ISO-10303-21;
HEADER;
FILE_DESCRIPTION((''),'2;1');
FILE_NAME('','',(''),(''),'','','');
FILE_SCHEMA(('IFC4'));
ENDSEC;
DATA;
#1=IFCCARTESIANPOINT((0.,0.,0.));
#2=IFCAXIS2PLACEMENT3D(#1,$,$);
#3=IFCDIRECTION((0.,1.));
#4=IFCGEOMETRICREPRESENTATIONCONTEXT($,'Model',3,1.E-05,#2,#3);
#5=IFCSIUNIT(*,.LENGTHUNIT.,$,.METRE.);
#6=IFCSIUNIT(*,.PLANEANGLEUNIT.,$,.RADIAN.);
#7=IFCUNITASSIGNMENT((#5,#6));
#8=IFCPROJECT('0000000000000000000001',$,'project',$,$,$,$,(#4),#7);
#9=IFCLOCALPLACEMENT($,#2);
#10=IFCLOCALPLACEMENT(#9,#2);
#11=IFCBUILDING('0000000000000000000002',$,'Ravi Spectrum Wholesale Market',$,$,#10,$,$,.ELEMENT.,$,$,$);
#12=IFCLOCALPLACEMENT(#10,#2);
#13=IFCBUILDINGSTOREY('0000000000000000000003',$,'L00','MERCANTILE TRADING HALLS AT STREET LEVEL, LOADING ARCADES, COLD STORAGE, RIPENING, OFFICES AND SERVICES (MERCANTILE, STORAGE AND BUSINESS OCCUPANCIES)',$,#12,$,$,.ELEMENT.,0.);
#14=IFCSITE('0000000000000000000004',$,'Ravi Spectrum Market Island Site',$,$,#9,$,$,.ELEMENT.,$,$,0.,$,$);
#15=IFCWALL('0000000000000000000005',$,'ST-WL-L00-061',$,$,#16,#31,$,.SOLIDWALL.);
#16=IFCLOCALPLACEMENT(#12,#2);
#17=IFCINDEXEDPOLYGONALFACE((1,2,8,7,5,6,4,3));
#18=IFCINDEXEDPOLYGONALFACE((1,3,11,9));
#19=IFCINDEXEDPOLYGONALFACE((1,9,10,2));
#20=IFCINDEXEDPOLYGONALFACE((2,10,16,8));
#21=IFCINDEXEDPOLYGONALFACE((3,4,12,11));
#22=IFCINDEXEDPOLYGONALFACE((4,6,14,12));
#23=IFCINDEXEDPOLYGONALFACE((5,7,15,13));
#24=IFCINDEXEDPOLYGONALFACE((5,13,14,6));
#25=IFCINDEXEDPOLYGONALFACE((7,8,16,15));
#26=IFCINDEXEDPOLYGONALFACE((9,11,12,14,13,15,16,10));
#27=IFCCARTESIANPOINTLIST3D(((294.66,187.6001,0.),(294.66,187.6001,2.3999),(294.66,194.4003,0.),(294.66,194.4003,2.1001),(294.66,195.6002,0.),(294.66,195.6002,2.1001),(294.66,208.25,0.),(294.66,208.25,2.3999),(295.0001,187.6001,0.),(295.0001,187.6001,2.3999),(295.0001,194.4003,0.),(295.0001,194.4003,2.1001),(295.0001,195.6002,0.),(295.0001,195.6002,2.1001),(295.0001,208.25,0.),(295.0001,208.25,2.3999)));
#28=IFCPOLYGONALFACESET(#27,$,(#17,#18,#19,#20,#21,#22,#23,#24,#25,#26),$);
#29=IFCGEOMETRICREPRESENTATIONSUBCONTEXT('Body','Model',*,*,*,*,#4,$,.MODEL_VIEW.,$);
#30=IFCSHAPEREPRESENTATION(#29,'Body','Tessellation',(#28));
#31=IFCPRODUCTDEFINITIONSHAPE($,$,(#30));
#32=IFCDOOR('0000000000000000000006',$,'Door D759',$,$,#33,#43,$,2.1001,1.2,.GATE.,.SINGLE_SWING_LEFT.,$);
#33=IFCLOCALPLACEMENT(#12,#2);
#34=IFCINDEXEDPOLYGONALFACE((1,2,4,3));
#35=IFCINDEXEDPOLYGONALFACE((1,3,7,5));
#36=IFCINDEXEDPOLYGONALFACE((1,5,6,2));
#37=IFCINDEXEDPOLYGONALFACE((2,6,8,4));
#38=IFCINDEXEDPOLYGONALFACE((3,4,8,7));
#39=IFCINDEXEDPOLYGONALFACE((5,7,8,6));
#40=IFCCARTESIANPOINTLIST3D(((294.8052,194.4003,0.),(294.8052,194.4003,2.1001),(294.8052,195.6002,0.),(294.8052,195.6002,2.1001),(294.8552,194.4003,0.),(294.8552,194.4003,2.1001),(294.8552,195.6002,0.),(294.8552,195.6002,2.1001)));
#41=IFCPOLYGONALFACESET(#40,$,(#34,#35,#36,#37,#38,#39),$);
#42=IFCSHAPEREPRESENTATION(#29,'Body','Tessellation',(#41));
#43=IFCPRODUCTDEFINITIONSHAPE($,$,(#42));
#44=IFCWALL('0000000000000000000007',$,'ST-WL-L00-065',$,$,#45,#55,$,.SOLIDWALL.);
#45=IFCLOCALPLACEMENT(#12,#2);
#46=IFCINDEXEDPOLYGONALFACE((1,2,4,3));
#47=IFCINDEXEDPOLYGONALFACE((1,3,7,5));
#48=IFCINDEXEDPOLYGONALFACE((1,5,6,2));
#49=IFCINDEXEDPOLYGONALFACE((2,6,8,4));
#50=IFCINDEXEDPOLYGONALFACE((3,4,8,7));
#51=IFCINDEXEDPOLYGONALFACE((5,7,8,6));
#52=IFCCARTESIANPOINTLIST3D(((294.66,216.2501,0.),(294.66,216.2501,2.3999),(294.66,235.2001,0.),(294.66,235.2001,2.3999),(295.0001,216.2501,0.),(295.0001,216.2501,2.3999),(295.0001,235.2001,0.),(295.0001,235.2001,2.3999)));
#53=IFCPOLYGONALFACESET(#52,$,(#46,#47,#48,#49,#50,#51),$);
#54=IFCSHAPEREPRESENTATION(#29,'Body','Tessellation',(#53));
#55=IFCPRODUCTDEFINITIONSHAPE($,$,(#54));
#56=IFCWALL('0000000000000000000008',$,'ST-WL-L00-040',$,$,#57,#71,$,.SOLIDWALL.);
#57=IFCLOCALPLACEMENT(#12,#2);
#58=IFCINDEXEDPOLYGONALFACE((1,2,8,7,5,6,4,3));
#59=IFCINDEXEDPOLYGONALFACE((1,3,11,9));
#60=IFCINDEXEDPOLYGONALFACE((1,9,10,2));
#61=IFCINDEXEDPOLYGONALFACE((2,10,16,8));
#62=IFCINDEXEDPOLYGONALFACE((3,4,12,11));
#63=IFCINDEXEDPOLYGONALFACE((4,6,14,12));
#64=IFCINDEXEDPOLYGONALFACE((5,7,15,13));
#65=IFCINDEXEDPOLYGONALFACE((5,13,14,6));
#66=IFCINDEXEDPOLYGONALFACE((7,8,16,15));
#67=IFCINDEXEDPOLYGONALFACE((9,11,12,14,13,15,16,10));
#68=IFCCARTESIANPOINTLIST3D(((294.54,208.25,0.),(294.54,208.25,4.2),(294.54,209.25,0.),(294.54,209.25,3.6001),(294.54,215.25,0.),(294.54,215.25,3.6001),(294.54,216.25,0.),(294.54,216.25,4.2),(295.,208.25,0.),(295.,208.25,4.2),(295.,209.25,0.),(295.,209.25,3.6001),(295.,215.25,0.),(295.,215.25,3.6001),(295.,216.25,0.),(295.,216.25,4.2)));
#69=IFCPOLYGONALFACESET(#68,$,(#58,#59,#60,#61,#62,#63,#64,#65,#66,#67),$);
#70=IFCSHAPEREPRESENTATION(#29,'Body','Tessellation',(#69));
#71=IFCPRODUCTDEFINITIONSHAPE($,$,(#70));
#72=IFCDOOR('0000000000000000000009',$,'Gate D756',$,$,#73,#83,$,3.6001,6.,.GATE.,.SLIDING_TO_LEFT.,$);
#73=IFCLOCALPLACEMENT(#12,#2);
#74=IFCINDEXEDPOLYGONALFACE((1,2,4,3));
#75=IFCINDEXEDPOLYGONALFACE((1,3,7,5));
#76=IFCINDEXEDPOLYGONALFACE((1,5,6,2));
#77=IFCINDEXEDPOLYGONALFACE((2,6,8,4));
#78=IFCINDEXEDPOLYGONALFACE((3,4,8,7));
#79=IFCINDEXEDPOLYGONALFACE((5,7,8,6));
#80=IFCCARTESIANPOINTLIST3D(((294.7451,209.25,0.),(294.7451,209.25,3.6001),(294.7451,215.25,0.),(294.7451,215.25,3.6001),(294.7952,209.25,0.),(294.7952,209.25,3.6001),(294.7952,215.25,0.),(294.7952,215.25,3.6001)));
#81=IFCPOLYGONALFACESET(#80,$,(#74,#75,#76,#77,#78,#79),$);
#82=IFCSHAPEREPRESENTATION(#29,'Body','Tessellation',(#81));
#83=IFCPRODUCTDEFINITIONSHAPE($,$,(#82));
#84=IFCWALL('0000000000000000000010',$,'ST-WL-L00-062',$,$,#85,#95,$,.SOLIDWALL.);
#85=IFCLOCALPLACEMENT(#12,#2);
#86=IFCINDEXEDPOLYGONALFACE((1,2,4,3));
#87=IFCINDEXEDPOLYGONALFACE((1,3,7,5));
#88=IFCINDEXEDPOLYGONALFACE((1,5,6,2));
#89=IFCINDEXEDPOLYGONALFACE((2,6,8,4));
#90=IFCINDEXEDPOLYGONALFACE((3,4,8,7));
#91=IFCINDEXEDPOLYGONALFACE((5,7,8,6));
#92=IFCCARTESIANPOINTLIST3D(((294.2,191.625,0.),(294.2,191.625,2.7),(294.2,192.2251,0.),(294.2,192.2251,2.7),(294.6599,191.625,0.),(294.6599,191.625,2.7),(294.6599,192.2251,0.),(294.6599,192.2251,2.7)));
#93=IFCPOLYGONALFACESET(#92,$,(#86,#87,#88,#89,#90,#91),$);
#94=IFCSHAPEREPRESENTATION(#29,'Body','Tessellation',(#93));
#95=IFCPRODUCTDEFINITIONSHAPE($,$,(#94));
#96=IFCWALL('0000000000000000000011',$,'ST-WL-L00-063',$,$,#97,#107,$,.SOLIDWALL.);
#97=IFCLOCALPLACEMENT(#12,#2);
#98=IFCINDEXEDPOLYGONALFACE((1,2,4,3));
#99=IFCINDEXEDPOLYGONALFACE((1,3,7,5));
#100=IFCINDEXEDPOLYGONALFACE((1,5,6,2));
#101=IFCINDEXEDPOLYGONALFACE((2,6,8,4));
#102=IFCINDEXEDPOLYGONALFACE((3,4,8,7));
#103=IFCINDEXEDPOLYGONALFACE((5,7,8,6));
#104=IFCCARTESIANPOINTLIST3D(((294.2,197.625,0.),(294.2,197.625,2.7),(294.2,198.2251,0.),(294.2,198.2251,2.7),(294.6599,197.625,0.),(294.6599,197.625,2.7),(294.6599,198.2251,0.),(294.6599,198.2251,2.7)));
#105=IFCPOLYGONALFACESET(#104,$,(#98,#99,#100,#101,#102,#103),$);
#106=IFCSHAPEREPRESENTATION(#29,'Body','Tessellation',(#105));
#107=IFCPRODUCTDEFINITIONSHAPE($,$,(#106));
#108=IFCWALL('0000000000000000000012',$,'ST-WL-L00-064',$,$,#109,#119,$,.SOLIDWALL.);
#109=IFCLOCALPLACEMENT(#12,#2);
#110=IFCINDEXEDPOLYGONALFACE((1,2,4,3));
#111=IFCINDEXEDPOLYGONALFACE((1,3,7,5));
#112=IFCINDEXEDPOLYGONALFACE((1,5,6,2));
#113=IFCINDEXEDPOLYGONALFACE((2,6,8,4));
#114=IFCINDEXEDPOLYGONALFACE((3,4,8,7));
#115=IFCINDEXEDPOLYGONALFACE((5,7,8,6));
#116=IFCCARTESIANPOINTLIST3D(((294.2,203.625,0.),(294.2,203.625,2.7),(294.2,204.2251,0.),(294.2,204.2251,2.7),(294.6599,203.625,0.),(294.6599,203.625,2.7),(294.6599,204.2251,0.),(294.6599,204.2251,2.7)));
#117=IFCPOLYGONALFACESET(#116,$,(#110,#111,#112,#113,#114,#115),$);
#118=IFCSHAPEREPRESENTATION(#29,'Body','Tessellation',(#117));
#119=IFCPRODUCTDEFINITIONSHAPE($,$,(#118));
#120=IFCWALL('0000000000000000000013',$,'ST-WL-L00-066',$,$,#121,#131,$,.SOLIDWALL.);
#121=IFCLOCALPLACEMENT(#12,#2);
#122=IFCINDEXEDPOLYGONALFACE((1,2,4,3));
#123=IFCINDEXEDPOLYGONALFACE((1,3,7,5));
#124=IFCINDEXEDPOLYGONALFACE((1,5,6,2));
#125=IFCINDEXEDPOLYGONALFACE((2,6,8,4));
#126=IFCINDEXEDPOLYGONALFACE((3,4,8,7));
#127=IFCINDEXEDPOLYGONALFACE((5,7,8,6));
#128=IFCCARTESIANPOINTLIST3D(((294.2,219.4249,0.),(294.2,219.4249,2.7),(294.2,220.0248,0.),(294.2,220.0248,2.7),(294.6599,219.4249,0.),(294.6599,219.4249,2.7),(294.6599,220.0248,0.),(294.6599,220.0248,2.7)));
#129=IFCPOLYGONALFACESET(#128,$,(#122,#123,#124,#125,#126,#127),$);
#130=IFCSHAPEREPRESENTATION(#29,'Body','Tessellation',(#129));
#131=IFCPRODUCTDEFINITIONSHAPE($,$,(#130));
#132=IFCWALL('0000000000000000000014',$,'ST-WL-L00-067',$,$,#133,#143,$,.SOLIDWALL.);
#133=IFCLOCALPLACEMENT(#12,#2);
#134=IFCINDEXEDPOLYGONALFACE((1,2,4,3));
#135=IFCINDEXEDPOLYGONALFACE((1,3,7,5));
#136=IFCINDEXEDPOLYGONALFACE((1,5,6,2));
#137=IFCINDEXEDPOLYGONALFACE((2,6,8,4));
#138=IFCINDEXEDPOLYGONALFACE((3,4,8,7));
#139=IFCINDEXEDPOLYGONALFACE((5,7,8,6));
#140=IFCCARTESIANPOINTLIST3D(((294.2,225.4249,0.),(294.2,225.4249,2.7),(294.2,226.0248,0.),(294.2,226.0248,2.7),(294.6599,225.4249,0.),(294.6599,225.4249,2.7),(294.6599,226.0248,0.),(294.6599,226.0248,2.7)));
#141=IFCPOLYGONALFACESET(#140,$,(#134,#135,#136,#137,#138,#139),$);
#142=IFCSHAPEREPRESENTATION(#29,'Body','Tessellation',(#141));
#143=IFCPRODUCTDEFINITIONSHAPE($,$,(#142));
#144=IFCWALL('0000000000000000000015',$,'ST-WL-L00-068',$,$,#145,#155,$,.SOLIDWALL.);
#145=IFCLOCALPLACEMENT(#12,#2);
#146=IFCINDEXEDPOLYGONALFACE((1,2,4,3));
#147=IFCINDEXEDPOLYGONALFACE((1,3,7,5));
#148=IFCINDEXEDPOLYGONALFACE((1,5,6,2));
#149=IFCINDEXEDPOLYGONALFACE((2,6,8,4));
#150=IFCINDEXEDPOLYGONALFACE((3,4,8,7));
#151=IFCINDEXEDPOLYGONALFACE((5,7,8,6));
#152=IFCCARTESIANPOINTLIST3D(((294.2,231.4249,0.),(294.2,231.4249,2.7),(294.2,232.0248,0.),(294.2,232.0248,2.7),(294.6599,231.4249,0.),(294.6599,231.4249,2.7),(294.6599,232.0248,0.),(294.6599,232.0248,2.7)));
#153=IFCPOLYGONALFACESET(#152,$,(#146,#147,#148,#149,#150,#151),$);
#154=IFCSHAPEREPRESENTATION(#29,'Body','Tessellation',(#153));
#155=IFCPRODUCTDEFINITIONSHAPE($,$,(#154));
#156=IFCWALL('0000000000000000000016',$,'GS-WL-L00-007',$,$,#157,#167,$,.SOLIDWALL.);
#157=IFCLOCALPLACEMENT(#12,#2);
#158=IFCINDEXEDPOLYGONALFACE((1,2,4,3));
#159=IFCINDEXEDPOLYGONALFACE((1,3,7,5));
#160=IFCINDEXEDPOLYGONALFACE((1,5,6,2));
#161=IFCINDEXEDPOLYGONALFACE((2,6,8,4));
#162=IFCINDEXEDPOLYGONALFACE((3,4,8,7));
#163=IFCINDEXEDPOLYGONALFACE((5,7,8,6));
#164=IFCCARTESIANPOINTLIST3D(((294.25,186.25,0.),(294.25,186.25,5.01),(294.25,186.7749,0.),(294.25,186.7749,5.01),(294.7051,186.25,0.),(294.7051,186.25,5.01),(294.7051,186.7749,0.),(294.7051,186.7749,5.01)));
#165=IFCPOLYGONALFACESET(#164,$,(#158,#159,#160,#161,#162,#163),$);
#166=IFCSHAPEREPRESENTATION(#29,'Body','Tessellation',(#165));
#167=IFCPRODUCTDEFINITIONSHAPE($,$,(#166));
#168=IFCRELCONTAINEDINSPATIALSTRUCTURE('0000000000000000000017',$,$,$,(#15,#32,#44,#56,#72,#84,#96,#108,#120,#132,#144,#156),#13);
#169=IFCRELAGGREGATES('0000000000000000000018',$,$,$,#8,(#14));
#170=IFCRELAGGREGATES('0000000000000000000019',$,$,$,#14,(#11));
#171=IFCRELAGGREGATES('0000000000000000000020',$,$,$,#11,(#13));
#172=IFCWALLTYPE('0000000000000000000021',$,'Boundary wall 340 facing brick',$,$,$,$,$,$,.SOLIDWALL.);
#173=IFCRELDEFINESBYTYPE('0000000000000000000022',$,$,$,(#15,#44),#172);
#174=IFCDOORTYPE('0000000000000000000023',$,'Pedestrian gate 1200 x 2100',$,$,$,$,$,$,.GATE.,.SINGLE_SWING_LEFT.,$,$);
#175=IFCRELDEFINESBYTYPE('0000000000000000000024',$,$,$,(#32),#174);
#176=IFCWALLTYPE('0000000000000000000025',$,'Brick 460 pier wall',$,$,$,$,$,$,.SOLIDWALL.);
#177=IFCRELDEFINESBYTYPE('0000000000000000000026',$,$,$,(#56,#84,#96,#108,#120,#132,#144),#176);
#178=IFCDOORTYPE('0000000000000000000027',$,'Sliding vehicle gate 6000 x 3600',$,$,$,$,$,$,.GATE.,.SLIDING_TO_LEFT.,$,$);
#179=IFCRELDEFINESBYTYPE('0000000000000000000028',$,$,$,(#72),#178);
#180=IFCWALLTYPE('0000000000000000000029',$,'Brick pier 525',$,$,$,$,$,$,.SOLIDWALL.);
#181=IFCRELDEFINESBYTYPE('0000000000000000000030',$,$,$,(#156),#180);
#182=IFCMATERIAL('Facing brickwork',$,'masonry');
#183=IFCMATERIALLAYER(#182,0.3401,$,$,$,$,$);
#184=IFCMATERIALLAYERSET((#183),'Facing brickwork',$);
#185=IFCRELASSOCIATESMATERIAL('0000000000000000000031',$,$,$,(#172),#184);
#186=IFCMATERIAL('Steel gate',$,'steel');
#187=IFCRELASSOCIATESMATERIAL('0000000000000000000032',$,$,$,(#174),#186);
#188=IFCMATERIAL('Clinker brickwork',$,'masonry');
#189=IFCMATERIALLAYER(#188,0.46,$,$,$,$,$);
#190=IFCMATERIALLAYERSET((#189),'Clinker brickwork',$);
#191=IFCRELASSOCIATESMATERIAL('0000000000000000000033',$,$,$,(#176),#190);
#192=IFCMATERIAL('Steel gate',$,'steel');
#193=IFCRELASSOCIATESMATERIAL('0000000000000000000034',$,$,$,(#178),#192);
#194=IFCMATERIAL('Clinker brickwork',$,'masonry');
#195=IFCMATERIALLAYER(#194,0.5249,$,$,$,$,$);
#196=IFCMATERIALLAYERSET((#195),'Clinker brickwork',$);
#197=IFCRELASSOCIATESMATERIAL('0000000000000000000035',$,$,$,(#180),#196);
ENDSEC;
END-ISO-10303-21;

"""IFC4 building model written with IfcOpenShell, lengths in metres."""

from ifc_helpers import new_model, si_unit, direction, frame, frame_2d, origin, place, context, subcontext, project, spatial, rectangle, extrude, material, layer, layer_set, type_object, element, fill, save


model = new_model("IFC4")

# Units and contexts
model_context = context("Model", 3, precision=1e-05, world=origin(), true_north=direction((0.0, 1.0)))
body_context = subcontext(model_context, "Body", "Model", "MODEL_VIEW")
ifc_project = project(units=[si_unit("LENGTHUNIT", "METRE"), si_unit("PLANEANGLEUNIT", "RADIAN")], contexts=[model_context])

# Site, building, storey
site_placement = place(None, origin())
site = spatial("IfcSite", under=ifc_project, at=site_placement, Name="Ravi Spectrum Market Island Site", CompositionType="ELEMENT", RefElevation=0.0)
building_placement = place(site_placement, origin())
building = spatial("IfcBuilding", under=site, at=building_placement, Name="Ravi Spectrum Wholesale Market", CompositionType="ELEMENT")
storey_placement = place(building_placement, origin())
storey = spatial("IfcBuildingStorey", under=building, at=storey_placement, Name="L00", Description="MERCANTILE TRADING HALLS AT STREET LEVEL, LOADING ARCADES, COLD STORAGE, RIPENING, OFFICES AND SERVICES (MERCANTILE, STORAGE AND BUSINESS OCCUPANCIES)", CompositionType="ELEMENT", Elevation=0.0)

# Wall, opening, door
ifc_material_1 = material(Name="Facing brickwork", Category="masonry")
ifc_layer_1 = layer(ifc_material_1, 0.3401)
ifc_layer_set_1 = layer_set([ifc_layer_1], Name="Facing brickwork")
wall_type_1 = type_object("IfcWallType", Name="Boundary wall 340 facing brick", PredefinedType="SOLIDWALL", material=ifc_layer_set_1)
wall_1_placement = place(storey_placement, frame((294.8301, 187.6001, 0.0), z_axis=(0.0, 0.0, 1.0), x_axis=(0.0, 1.0, 0.0)))
wall_1 = element("IfcWall", 1, at=wall_1_placement, inside=storey, type_object=wall_type_1, Name="ST-WL-L00-061", PredefinedType="SOLIDWALL", context=body_context, shape_type="SweptSolid", body=[
    extrude(rectangle(XDim=20.6499, YDim=0.3401, at=frame_2d((10.325, 0.0))), origin(), (0.0, 0.0, 1.0), 2.3999),
])
opening_1_placement = place(wall_1_placement, frame((6.8, 0.0, 0.0)))
opening_1 = element("IfcOpeningElement", 2, at=opening_1_placement, cuts=wall_1, PredefinedType="OPENING", context=body_context, shape_type="SweptSolid", body=[
    extrude(rectangle(XDim=1.2, YDim=2.1001, at=frame_2d((0.6001, 1.05))), frame((0.0, 0.1799, 0.0), z_axis=(0.0, -1.0, 0.0), x_axis=(1.0, 0.0, 0.0)), (0.0, 0.0, 1.0), 0.3601),
])
ifc_material_2 = material(Name="Steel gate", Category="steel")
door_type_1 = type_object("IfcDoorType", Name="Pedestrian gate 1200 x 2100", OperationType="SINGLE_SWING_LEFT", PredefinedType="GATE", material=ifc_material_2)
door_1_placement = place(opening_1_placement, origin())
door_1 = element("IfcDoor", 3, at=door_1_placement, inside=storey, type_object=door_type_1, Name="Door D759", OperationType="SINGLE_SWING_LEFT", OverallHeight=2.1001, OverallWidth=1.2, PredefinedType="GATE", context=body_context, shape_type="SweptSolid", body=[
    extrude(rectangle(XDim=1.2, YDim=2.1001, at=frame_2d((0.6001, 1.05))), frame((0.0, 0.0249, 0.0), z_axis=(0.0, -1.0, 0.0), x_axis=(1.0, 0.0, 0.0)), (0.0, 0.0, 1.0), 0.05),
])
fill(opening_1, door_1)

# Wall
wall_2_placement = place(storey_placement, frame((294.8301, 216.25, 0.0), z_axis=(0.0, 0.0, 1.0), x_axis=(0.0, 1.0, 0.0)))
element("IfcWall", 4, at=wall_2_placement, inside=storey, type_object=wall_type_1, Name="ST-WL-L00-065", PredefinedType="SOLIDWALL", context=body_context, shape_type="SweptSolid", body=[
    extrude(rectangle(XDim=18.95, YDim=0.3401, at=frame_2d((9.4751, 0.0))), origin(), (0.0, 0.0, 1.0), 2.3999),
])

# Wall, opening, door
ifc_material_3 = material(Name="Clinker brickwork", Category="masonry")
ifc_layer_2 = layer(ifc_material_3, 0.46)
ifc_layer_set_2 = layer_set([ifc_layer_2], Name="Clinker brickwork")
wall_type_2 = type_object("IfcWallType", Name="Brick 460 pier wall", PredefinedType="SOLIDWALL", material=ifc_layer_set_2)
wall_3_placement = place(storey_placement, frame((294.77, 208.25, 0.0), z_axis=(0.0, 0.0, 1.0), x_axis=(0.0, 1.0, 0.0)))
wall_3 = element("IfcWall", 5, at=wall_3_placement, inside=storey, type_object=wall_type_2, Name="ST-WL-L00-040", PredefinedType="SOLIDWALL", context=body_context, shape_type="SweptSolid", body=[
    extrude(rectangle(XDim=8.0, YDim=0.46, at=frame_2d((4.0, 0.0))), origin(), (0.0, 0.0, 1.0), 4.2),
])
opening_2_placement = place(wall_3_placement, frame((1.0, 0.0, 0.0)))
opening_2 = element("IfcOpeningElement", 6, at=opening_2_placement, cuts=wall_3, PredefinedType="OPENING", context=body_context, shape_type="SweptSolid", body=[
    extrude(rectangle(XDim=6.0, YDim=3.6001, at=frame_2d((3.0, 1.8))), frame((0.0, 0.24, 0.0), z_axis=(0.0, -1.0, 0.0), x_axis=(1.0, 0.0, 0.0)), (0.0, 0.0, 1.0), 0.48),
])
ifc_material_4 = material(Name="Steel gate", Category="steel")
door_type_2 = type_object("IfcDoorType", Name="Sliding vehicle gate 6000 x 3600", OperationType="SLIDING_TO_LEFT", PredefinedType="GATE", material=ifc_material_4)
door_2_placement = place(opening_2_placement, origin())
door_2 = element("IfcDoor", 7, at=door_2_placement, inside=storey, type_object=door_type_2, Name="Gate D756", OperationType="SLIDING_TO_LEFT", OverallHeight=3.6001, OverallWidth=6.0, PredefinedType="GATE", context=body_context, shape_type="SweptSolid", body=[
    extrude(rectangle(XDim=6.0, YDim=3.6001, at=frame_2d((3.0, 1.8))), frame((0.0, 0.0249, 0.0), z_axis=(0.0, -1.0, 0.0), x_axis=(1.0, 0.0, 0.0)), (0.0, 0.0, 1.0), 0.05),
])
fill(opening_2, door_2)

# Walls
for number, where, z_axis, x_axis, name in (
    (8, (294.4299, 191.625, 0.0), (0.0, 0.0, 1.0), (0.0, 1.0, 0.0), "ST-WL-L00-062"),
    (9, (294.4299, 197.625, 0.0), (0.0, 0.0, 1.0), (0.0, 1.0, 0.0), "ST-WL-L00-063"),
    (10, (294.4299, 203.625, 0.0), (0.0, 0.0, 1.0), (0.0, 1.0, 0.0), "ST-WL-L00-064"),
):
    element("IfcWall", number, at=place(storey_placement, frame(where, z_axis=z_axis, x_axis=x_axis)), inside=storey, type_object=wall_type_2, Name=name, PredefinedType="SOLIDWALL", context=body_context, shape_type="SweptSolid", body=[
        extrude(rectangle(XDim=0.6001, YDim=0.46, at=frame_2d((0.3, 0.0))), origin(), (0.0, 0.0, 1.0), 2.7),
    ])
for number, where, z_axis, x_axis, name in (
    (11, (294.4299, 219.425, 0.0), (0.0, 0.0, 1.0), (0.0, 1.0, 0.0), "ST-WL-L00-066"),
    (12, (294.4299, 225.425, 0.0), (0.0, 0.0, 1.0), (0.0, 1.0, 0.0), "ST-WL-L00-067"),
    (13, (294.4299, 231.425, 0.0), (0.0, 0.0, 1.0), (0.0, 1.0, 0.0), "ST-WL-L00-068"),
):
    element("IfcWall", number, at=place(storey_placement, frame(where, z_axis=z_axis, x_axis=x_axis)), inside=storey, type_object=wall_type_2, Name=name, PredefinedType="SOLIDWALL", context=body_context, shape_type="SweptSolid", body=[
        extrude(rectangle(XDim=0.5999, YDim=0.46, at=frame_2d((0.2998, 0.0))), origin(), (0.0, 0.0, 1.0), 2.7),
    ])
ifc_material_5 = material(Name="Clinker brickwork", Category="masonry")
ifc_layer_3 = layer(ifc_material_5, 0.5249)
ifc_layer_set_3 = layer_set([ifc_layer_3], Name="Clinker brickwork")
wall_type_3 = type_object("IfcWallType", Name="Brick pier 525", PredefinedType="SOLIDWALL", material=ifc_layer_set_3)
wall_4_placement = place(storey_placement, frame((294.25, 186.5125, 0.0), z_axis=(0.0, 0.0, 1.0), x_axis=(1.0, 0.0, 0.0)))
element("IfcWall", 14, at=wall_4_placement, inside=storey, type_object=wall_type_3, Name="GS-WL-L00-007", PredefinedType="SOLIDWALL", context=body_context, shape_type="SweptSolid", body=[
    extrude(rectangle(XDim=0.4551, YDim=0.5249, at=frame_2d((0.2275, 0.0))), origin(), (0.0, 0.0, 1.0), 5.01),
])

save(model, "model.ifc")
